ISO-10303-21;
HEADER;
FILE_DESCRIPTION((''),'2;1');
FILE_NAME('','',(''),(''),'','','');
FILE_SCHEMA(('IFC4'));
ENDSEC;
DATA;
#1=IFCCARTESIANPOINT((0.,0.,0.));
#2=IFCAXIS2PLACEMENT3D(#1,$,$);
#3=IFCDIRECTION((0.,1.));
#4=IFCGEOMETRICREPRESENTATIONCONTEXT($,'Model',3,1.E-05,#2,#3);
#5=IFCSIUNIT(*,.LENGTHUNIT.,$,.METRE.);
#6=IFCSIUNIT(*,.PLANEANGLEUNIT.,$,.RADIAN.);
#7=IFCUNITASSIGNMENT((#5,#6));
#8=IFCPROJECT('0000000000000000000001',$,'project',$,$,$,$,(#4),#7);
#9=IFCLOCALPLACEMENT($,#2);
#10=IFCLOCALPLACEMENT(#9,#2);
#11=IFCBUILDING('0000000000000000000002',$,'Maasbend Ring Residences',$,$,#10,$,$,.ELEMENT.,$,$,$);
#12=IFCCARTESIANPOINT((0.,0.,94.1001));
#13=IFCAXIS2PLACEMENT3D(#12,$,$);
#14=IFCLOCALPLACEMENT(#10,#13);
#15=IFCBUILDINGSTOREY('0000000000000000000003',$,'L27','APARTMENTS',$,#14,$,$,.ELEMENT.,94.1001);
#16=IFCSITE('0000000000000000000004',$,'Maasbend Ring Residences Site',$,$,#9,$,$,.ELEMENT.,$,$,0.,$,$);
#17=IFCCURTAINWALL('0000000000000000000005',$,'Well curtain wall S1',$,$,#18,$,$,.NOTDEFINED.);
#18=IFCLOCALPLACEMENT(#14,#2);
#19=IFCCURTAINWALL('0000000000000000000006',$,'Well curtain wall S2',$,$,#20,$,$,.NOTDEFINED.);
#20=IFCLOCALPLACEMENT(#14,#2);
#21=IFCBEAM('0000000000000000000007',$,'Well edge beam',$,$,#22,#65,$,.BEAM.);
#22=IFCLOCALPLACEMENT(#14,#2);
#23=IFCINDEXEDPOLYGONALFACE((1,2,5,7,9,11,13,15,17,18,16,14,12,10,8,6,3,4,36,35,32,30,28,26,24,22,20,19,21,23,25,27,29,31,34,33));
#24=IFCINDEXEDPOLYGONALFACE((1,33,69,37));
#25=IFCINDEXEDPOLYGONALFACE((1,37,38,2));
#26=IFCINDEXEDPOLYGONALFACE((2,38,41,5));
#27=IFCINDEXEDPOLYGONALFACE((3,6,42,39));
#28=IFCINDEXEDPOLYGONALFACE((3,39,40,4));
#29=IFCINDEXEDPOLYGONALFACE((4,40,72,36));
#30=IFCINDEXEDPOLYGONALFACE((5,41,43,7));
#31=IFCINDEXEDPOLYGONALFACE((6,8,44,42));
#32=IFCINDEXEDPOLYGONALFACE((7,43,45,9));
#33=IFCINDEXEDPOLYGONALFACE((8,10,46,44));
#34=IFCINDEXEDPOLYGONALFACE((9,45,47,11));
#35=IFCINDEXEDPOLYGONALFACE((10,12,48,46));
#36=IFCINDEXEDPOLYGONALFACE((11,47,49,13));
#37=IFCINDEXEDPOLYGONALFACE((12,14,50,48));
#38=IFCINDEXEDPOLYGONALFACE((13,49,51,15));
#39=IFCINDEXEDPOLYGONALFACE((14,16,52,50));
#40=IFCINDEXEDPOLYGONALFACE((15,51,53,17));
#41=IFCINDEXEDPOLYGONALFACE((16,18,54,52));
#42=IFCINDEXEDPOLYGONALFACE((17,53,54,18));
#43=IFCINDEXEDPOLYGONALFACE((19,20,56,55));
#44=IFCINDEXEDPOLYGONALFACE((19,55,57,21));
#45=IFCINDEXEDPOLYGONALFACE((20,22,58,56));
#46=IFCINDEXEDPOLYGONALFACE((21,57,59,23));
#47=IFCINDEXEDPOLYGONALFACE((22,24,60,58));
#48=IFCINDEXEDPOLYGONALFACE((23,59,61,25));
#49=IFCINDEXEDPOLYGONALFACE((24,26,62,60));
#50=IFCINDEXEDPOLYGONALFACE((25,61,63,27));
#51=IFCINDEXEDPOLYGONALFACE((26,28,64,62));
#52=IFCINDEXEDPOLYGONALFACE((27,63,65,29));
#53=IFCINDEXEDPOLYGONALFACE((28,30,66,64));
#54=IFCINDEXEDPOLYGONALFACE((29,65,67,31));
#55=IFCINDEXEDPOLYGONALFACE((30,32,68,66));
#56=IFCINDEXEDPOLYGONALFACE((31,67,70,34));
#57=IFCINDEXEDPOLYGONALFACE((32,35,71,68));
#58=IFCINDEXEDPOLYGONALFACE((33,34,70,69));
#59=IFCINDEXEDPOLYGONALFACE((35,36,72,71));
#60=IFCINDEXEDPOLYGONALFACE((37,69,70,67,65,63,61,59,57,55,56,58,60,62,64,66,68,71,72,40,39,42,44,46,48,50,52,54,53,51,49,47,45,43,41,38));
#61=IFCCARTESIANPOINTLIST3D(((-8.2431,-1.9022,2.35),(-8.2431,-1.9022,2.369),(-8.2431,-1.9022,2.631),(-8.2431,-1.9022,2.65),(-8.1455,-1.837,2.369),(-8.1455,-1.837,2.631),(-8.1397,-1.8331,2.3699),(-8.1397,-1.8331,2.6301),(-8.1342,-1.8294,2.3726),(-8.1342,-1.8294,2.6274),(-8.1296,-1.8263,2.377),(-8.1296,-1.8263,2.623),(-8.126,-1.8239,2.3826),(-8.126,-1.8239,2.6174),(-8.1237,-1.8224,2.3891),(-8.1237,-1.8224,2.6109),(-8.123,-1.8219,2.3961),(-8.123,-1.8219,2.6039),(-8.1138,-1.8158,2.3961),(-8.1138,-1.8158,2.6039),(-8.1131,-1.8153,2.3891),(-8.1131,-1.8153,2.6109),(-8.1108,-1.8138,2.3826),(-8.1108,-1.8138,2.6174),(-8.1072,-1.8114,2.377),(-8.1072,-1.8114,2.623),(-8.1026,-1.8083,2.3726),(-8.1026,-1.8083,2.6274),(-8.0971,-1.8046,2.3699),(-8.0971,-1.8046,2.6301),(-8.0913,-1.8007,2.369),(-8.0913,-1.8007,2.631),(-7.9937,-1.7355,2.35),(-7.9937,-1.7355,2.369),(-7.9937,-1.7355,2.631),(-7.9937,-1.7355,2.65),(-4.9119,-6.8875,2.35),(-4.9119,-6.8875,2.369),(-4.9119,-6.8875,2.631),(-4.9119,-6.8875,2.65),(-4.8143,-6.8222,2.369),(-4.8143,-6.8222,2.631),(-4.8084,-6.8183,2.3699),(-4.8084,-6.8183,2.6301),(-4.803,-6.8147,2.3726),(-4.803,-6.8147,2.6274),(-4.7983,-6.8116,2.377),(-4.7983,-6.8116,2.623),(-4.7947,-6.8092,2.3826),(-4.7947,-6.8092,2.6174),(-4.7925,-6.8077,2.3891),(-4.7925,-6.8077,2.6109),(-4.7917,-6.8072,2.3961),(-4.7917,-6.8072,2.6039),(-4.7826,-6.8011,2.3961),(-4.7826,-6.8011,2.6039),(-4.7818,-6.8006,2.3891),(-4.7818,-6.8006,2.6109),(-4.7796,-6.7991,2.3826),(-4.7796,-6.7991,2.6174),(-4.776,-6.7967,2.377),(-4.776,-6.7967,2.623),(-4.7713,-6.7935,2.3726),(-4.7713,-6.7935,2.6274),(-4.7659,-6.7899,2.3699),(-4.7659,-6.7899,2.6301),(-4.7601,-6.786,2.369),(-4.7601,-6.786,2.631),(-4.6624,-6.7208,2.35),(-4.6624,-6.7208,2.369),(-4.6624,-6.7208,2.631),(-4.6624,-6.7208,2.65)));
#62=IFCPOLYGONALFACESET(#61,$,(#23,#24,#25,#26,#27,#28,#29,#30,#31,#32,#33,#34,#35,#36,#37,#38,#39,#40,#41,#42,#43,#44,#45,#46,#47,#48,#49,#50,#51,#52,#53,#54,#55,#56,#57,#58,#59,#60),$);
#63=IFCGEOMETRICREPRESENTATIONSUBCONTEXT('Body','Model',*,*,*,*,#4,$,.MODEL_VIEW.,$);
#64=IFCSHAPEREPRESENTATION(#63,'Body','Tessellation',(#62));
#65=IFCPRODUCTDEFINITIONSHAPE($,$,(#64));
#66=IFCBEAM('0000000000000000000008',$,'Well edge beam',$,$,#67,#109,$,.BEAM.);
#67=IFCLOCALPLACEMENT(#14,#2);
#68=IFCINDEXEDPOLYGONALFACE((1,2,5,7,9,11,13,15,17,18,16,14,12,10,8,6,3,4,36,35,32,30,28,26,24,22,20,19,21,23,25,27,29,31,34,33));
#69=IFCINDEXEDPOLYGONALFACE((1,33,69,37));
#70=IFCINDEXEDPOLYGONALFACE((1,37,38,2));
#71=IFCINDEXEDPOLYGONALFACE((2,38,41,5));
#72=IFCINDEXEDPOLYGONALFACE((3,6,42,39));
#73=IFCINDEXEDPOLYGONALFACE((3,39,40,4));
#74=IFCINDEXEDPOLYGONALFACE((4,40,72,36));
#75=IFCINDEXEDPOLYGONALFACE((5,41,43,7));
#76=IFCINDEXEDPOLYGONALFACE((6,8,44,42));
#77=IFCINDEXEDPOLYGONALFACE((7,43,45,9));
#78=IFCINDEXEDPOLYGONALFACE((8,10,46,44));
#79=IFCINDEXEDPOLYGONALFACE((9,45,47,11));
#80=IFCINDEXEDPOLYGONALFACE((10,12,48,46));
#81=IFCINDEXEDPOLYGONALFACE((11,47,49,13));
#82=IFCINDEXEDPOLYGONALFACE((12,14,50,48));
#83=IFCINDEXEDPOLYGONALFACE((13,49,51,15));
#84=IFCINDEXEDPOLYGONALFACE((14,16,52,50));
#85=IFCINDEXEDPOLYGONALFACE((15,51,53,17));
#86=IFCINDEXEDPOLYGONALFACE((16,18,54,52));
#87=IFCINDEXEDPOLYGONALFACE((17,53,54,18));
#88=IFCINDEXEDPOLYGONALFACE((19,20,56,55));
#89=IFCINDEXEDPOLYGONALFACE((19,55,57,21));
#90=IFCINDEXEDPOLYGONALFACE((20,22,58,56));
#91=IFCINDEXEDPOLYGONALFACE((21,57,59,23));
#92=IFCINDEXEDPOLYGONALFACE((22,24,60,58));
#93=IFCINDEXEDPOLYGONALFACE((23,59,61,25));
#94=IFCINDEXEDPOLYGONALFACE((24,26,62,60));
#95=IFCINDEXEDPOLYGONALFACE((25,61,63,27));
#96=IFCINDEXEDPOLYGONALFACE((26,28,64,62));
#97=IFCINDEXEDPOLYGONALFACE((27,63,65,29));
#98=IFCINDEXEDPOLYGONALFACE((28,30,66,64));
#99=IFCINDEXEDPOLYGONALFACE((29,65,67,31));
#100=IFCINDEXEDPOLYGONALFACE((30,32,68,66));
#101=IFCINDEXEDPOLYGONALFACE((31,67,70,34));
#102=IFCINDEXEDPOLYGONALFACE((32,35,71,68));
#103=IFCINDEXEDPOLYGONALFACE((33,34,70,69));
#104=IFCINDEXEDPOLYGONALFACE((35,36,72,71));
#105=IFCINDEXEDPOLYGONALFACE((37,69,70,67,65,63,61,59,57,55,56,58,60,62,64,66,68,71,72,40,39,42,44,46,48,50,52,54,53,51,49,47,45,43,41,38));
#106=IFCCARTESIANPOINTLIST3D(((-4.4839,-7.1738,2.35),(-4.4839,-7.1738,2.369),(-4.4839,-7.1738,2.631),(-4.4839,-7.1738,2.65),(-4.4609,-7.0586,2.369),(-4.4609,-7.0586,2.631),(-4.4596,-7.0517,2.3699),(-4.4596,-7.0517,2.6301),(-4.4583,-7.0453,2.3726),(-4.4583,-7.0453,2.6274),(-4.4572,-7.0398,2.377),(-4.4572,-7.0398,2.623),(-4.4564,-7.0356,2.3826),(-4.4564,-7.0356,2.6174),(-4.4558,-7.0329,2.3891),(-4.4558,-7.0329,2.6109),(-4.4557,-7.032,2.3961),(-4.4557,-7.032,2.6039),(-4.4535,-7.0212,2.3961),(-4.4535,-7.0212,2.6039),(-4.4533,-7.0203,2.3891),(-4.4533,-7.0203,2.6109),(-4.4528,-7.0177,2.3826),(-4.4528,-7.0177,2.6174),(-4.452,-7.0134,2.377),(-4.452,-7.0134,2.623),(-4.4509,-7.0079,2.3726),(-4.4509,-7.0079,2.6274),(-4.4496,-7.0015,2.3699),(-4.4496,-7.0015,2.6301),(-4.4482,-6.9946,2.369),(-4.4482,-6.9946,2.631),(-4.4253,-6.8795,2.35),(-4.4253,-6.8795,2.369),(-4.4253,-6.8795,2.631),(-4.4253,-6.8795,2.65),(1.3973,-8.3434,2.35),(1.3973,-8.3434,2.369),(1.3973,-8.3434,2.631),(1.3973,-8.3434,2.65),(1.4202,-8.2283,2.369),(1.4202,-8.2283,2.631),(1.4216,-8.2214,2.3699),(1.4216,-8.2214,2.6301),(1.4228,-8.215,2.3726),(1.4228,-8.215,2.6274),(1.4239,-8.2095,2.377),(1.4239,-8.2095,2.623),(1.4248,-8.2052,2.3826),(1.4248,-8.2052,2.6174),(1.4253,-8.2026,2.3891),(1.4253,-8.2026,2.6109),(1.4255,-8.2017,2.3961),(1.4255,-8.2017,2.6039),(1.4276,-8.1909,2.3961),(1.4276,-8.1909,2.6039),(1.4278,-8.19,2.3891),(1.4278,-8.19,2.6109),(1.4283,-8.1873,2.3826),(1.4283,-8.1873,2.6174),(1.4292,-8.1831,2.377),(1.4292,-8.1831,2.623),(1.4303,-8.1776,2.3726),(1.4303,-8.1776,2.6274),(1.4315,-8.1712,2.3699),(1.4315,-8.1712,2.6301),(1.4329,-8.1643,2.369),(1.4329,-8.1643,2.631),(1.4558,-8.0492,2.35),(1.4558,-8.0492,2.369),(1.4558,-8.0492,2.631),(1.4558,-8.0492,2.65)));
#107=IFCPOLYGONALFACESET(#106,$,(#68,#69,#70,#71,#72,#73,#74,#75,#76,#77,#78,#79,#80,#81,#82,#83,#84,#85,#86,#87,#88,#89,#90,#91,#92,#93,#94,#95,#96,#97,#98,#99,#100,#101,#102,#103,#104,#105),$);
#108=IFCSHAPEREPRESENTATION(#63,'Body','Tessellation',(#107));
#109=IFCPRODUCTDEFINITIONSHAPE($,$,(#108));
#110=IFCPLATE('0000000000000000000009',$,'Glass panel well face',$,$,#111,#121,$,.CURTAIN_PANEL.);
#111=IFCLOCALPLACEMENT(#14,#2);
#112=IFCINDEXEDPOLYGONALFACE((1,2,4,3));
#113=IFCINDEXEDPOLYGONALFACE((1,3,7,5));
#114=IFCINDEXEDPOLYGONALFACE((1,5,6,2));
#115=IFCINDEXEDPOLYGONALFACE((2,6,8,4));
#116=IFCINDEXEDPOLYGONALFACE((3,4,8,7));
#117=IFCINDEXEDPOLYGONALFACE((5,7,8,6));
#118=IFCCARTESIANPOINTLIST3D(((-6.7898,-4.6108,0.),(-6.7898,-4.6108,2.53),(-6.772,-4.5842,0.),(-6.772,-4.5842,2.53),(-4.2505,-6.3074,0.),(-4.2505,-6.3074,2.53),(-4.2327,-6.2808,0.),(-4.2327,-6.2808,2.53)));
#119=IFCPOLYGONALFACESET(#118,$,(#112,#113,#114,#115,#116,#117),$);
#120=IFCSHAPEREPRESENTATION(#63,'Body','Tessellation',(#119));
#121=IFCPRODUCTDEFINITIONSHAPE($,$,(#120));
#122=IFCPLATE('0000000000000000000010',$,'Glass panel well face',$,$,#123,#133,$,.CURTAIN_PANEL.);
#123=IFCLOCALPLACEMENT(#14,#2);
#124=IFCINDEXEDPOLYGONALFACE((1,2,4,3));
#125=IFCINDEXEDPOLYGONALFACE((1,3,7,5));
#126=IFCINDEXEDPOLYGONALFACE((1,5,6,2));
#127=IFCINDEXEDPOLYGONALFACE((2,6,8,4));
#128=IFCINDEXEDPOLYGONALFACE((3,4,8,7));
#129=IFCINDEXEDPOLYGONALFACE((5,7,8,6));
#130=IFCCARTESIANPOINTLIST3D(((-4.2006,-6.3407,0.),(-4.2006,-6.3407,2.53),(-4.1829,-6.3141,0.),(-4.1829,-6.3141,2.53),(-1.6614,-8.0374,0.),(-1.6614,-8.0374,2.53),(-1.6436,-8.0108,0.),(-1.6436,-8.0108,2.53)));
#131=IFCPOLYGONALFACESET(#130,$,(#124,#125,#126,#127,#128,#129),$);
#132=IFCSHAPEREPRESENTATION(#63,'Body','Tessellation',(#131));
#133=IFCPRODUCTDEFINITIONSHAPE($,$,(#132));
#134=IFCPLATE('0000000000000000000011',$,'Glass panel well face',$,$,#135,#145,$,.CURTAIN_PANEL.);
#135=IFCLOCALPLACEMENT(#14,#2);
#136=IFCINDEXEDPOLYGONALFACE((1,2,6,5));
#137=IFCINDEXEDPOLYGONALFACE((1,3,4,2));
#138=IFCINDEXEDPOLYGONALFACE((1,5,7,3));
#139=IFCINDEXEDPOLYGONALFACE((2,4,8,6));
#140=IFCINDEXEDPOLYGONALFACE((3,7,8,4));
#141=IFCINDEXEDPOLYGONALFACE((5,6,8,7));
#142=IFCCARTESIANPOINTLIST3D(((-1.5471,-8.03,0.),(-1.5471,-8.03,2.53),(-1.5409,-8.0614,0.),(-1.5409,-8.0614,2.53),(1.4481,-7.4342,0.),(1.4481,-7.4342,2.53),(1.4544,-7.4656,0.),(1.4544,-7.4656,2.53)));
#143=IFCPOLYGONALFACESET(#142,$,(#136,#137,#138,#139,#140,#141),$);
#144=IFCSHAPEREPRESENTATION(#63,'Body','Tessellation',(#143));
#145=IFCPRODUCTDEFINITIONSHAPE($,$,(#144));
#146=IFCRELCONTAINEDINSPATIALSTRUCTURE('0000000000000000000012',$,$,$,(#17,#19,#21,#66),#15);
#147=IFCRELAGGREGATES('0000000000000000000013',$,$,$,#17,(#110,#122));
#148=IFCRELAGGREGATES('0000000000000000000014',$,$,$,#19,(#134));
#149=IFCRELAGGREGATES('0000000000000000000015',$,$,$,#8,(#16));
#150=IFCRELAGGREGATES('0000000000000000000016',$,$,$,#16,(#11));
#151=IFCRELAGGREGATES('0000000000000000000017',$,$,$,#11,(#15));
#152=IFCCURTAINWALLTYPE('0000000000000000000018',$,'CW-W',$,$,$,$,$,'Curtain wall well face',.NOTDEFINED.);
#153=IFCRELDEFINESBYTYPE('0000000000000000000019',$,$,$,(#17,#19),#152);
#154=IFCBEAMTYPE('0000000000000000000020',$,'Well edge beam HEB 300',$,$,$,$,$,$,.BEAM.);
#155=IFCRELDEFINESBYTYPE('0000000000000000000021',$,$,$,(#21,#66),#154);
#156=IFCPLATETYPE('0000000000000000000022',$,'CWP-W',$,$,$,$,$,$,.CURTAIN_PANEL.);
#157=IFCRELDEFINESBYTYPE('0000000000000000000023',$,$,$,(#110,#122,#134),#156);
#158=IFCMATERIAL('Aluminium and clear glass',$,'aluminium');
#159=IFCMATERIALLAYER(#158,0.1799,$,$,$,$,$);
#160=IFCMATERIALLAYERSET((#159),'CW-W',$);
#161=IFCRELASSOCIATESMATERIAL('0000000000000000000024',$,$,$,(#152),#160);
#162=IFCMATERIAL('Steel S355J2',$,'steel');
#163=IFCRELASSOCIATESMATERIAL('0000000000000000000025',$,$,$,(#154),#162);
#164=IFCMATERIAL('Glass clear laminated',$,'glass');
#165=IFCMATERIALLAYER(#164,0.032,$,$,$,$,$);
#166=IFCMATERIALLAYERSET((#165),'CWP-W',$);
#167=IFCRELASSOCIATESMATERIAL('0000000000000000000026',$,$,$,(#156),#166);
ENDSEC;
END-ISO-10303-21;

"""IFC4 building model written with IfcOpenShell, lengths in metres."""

from ifc_helpers import new_model, si_unit, direction, frame, origin, origin_2d, place, context, subcontext, project, spatial, rectangle, i_section, extrude, material, layer, layer_set, material_profile, profile_set, type_object, element, aggregate, save


model = new_model("IFC4")

# Units and contexts
model_context = context("Model", 3, precision=1e-05, world=origin(), true_north=direction((0.0, 1.0)))
body_context = subcontext(model_context, "Body", "Model", "MODEL_VIEW")
ifc_project = project(units=[si_unit("LENGTHUNIT", "METRE"), si_unit("PLANEANGLEUNIT", "RADIAN")], contexts=[model_context])

# Site, building, storey
site_placement = place(None, origin())
site = spatial("IfcSite", under=ifc_project, at=site_placement, Name="Maasbend Ring Residences Site", CompositionType="ELEMENT", RefElevation=0.0)
building_placement = place(site_placement, origin())
building = spatial("IfcBuilding", under=site, at=building_placement, Name="Maasbend Ring Residences", CompositionType="ELEMENT")
storey_placement = place(building_placement, frame((0.0, 0.0, 94.1001)))
storey = spatial("IfcBuildingStorey", under=building, at=storey_placement, Name="L27", Description="APARTMENTS", CompositionType="ELEMENT", Elevation=94.1001)

# Curtain wall
ifc_material_1 = material(Name="Aluminium and clear glass", Category="aluminium")
ifc_layer_1 = layer(ifc_material_1, 0.1799)
ifc_layer_set_1 = layer_set([ifc_layer_1], Name="CW-W")
curtain_wall_type = type_object("IfcCurtainWallType", Name="CW-W", ElementType="Curtain wall well face", PredefinedType="NOTDEFINED", material=ifc_layer_set_1)
curtain_wall_1_placement = place(storey_placement, origin())
curtain_wall_1 = element("IfcCurtainWall", 1, at=curtain_wall_1_placement, inside=storey, type_object=curtain_wall_type, Name="Well curtain wall S1", PredefinedType="NOTDEFINED")

# Curtain wall
curtain_wall_2_placement = place(storey_placement, origin())
curtain_wall_2 = element("IfcCurtainWall", 2, at=curtain_wall_2_placement, inside=storey, type_object=curtain_wall_type, Name="Well curtain wall S2", PredefinedType="NOTDEFINED")

# Beams
ifc_material_2 = material(Name="Steel S355J2", Category="steel")
ifc_material_profile_1 = material_profile(ifc_material_2, i_section(OverallWidth=0.3, OverallDepth=0.3, WebThickness=0.011, FlangeThickness=0.019, FilletRadius=0.0271, at=origin_2d()), Name="HEB 300")
ifc_profile_set_1 = profile_set([ifc_material_profile_1], Name="Steel S355J2")
beam_type = type_object("IfcBeamType", Name="Well edge beam HEB 300", PredefinedType="BEAM", material=ifc_profile_set_1)
beam_1_placement = place(storey_placement, frame((-8.1184, -1.8188, 2.5), z_axis=(0.555593, -0.831455, 0.0), x_axis=(0.831455, 0.555593, 0.0)))
element("IfcBeam", 3, at=beam_1_placement, inside=storey, type_object=beam_type, Name="Well edge beam", PredefinedType="BEAM", context=body_context, shape_type="SweptSolid", body=[
    extrude(i_section(OverallWidth=0.3, OverallDepth=0.3, WebThickness=0.011, FlangeThickness=0.019, FilletRadius=0.0271, at=origin_2d()), origin(), (0.0, 0.0, 1.0), 5.9958),
])
beam_2_placement = place(storey_placement, frame((-4.4546, -7.0266, 2.5), z_axis=(0.98079, -0.195067, 0.0), x_axis=(0.195067, 0.98079, 0.0)))
element("IfcBeam", 4, at=beam_2_placement, inside=storey, type_object=beam_type, Name="Well edge beam", PredefinedType="BEAM", context=body_context, shape_type="SweptSolid", body=[
    extrude(i_section(OverallWidth=0.3, OverallDepth=0.3, WebThickness=0.011, FlangeThickness=0.019, FilletRadius=0.0271, at=origin_2d()), origin(), (0.0, 0.0, 1.0), 5.9963),
])

# Plates
ifc_material_3 = material(Name="Glass clear laminated", Category="glass")
ifc_layer_2 = layer(ifc_material_3, 0.032)
ifc_layer_set_2 = layer_set([ifc_layer_2], Name="CWP-W")
plate_type = type_object("IfcPlateType", Name="CWP-W", PredefinedType="CURTAIN_PANEL", material=ifc_layer_set_2)
plate_1_placement = place(storey_placement, frame((-5.5112, -5.4458, 0.0), z_axis=(0.0, 0.0, 1.0), x_axis=(0.83147, -0.55557, 0.0)))
plate_1 = element("IfcPlate", 5, at=plate_1_placement, type_object=plate_type, Name="Glass panel well face", PredefinedType="CURTAIN_PANEL", context=body_context, shape_type="SweptSolid", body=[
    extrude(rectangle(XDim=3.054, YDim=0.032, at=origin_2d()), origin(), (0.0, 0.0, 1.0), 2.53),
])
plate_2_placement = place(storey_placement, frame((-2.9221, -7.1758, 0.0), z_axis=(0.0, 0.0, 1.0), x_axis=(0.83147, -0.55557, 0.0)))
plate_2 = element("IfcPlate", 6, at=plate_2_placement, type_object=plate_type, Name="Glass panel well face", PredefinedType="CURTAIN_PANEL", context=body_context, shape_type="SweptSolid", body=[
    extrude(rectangle(XDim=3.054, YDim=0.032, at=origin_2d()), origin(), (0.0, 0.0, 1.0), 2.53),
])
aggregate(curtain_wall_1, [plate_1, plate_2])
plate_3_placement = place(storey_placement, frame((-0.0464, -7.7478, 0.0), z_axis=(0.0, 0.0, 1.0), x_axis=(0.980785, 0.19509, 0.0)))
plate_3 = element("IfcPlate", 7, at=plate_3_placement, type_object=plate_type, Name="Glass panel well face", PredefinedType="CURTAIN_PANEL", context=body_context, shape_type="SweptSolid", body=[
    extrude(rectangle(XDim=3.054, YDim=0.032, at=origin_2d()), origin(), (0.0, 0.0, 1.0), 2.53),
])
aggregate(curtain_wall_2, [plate_3])

save(model, "model.ifc")
